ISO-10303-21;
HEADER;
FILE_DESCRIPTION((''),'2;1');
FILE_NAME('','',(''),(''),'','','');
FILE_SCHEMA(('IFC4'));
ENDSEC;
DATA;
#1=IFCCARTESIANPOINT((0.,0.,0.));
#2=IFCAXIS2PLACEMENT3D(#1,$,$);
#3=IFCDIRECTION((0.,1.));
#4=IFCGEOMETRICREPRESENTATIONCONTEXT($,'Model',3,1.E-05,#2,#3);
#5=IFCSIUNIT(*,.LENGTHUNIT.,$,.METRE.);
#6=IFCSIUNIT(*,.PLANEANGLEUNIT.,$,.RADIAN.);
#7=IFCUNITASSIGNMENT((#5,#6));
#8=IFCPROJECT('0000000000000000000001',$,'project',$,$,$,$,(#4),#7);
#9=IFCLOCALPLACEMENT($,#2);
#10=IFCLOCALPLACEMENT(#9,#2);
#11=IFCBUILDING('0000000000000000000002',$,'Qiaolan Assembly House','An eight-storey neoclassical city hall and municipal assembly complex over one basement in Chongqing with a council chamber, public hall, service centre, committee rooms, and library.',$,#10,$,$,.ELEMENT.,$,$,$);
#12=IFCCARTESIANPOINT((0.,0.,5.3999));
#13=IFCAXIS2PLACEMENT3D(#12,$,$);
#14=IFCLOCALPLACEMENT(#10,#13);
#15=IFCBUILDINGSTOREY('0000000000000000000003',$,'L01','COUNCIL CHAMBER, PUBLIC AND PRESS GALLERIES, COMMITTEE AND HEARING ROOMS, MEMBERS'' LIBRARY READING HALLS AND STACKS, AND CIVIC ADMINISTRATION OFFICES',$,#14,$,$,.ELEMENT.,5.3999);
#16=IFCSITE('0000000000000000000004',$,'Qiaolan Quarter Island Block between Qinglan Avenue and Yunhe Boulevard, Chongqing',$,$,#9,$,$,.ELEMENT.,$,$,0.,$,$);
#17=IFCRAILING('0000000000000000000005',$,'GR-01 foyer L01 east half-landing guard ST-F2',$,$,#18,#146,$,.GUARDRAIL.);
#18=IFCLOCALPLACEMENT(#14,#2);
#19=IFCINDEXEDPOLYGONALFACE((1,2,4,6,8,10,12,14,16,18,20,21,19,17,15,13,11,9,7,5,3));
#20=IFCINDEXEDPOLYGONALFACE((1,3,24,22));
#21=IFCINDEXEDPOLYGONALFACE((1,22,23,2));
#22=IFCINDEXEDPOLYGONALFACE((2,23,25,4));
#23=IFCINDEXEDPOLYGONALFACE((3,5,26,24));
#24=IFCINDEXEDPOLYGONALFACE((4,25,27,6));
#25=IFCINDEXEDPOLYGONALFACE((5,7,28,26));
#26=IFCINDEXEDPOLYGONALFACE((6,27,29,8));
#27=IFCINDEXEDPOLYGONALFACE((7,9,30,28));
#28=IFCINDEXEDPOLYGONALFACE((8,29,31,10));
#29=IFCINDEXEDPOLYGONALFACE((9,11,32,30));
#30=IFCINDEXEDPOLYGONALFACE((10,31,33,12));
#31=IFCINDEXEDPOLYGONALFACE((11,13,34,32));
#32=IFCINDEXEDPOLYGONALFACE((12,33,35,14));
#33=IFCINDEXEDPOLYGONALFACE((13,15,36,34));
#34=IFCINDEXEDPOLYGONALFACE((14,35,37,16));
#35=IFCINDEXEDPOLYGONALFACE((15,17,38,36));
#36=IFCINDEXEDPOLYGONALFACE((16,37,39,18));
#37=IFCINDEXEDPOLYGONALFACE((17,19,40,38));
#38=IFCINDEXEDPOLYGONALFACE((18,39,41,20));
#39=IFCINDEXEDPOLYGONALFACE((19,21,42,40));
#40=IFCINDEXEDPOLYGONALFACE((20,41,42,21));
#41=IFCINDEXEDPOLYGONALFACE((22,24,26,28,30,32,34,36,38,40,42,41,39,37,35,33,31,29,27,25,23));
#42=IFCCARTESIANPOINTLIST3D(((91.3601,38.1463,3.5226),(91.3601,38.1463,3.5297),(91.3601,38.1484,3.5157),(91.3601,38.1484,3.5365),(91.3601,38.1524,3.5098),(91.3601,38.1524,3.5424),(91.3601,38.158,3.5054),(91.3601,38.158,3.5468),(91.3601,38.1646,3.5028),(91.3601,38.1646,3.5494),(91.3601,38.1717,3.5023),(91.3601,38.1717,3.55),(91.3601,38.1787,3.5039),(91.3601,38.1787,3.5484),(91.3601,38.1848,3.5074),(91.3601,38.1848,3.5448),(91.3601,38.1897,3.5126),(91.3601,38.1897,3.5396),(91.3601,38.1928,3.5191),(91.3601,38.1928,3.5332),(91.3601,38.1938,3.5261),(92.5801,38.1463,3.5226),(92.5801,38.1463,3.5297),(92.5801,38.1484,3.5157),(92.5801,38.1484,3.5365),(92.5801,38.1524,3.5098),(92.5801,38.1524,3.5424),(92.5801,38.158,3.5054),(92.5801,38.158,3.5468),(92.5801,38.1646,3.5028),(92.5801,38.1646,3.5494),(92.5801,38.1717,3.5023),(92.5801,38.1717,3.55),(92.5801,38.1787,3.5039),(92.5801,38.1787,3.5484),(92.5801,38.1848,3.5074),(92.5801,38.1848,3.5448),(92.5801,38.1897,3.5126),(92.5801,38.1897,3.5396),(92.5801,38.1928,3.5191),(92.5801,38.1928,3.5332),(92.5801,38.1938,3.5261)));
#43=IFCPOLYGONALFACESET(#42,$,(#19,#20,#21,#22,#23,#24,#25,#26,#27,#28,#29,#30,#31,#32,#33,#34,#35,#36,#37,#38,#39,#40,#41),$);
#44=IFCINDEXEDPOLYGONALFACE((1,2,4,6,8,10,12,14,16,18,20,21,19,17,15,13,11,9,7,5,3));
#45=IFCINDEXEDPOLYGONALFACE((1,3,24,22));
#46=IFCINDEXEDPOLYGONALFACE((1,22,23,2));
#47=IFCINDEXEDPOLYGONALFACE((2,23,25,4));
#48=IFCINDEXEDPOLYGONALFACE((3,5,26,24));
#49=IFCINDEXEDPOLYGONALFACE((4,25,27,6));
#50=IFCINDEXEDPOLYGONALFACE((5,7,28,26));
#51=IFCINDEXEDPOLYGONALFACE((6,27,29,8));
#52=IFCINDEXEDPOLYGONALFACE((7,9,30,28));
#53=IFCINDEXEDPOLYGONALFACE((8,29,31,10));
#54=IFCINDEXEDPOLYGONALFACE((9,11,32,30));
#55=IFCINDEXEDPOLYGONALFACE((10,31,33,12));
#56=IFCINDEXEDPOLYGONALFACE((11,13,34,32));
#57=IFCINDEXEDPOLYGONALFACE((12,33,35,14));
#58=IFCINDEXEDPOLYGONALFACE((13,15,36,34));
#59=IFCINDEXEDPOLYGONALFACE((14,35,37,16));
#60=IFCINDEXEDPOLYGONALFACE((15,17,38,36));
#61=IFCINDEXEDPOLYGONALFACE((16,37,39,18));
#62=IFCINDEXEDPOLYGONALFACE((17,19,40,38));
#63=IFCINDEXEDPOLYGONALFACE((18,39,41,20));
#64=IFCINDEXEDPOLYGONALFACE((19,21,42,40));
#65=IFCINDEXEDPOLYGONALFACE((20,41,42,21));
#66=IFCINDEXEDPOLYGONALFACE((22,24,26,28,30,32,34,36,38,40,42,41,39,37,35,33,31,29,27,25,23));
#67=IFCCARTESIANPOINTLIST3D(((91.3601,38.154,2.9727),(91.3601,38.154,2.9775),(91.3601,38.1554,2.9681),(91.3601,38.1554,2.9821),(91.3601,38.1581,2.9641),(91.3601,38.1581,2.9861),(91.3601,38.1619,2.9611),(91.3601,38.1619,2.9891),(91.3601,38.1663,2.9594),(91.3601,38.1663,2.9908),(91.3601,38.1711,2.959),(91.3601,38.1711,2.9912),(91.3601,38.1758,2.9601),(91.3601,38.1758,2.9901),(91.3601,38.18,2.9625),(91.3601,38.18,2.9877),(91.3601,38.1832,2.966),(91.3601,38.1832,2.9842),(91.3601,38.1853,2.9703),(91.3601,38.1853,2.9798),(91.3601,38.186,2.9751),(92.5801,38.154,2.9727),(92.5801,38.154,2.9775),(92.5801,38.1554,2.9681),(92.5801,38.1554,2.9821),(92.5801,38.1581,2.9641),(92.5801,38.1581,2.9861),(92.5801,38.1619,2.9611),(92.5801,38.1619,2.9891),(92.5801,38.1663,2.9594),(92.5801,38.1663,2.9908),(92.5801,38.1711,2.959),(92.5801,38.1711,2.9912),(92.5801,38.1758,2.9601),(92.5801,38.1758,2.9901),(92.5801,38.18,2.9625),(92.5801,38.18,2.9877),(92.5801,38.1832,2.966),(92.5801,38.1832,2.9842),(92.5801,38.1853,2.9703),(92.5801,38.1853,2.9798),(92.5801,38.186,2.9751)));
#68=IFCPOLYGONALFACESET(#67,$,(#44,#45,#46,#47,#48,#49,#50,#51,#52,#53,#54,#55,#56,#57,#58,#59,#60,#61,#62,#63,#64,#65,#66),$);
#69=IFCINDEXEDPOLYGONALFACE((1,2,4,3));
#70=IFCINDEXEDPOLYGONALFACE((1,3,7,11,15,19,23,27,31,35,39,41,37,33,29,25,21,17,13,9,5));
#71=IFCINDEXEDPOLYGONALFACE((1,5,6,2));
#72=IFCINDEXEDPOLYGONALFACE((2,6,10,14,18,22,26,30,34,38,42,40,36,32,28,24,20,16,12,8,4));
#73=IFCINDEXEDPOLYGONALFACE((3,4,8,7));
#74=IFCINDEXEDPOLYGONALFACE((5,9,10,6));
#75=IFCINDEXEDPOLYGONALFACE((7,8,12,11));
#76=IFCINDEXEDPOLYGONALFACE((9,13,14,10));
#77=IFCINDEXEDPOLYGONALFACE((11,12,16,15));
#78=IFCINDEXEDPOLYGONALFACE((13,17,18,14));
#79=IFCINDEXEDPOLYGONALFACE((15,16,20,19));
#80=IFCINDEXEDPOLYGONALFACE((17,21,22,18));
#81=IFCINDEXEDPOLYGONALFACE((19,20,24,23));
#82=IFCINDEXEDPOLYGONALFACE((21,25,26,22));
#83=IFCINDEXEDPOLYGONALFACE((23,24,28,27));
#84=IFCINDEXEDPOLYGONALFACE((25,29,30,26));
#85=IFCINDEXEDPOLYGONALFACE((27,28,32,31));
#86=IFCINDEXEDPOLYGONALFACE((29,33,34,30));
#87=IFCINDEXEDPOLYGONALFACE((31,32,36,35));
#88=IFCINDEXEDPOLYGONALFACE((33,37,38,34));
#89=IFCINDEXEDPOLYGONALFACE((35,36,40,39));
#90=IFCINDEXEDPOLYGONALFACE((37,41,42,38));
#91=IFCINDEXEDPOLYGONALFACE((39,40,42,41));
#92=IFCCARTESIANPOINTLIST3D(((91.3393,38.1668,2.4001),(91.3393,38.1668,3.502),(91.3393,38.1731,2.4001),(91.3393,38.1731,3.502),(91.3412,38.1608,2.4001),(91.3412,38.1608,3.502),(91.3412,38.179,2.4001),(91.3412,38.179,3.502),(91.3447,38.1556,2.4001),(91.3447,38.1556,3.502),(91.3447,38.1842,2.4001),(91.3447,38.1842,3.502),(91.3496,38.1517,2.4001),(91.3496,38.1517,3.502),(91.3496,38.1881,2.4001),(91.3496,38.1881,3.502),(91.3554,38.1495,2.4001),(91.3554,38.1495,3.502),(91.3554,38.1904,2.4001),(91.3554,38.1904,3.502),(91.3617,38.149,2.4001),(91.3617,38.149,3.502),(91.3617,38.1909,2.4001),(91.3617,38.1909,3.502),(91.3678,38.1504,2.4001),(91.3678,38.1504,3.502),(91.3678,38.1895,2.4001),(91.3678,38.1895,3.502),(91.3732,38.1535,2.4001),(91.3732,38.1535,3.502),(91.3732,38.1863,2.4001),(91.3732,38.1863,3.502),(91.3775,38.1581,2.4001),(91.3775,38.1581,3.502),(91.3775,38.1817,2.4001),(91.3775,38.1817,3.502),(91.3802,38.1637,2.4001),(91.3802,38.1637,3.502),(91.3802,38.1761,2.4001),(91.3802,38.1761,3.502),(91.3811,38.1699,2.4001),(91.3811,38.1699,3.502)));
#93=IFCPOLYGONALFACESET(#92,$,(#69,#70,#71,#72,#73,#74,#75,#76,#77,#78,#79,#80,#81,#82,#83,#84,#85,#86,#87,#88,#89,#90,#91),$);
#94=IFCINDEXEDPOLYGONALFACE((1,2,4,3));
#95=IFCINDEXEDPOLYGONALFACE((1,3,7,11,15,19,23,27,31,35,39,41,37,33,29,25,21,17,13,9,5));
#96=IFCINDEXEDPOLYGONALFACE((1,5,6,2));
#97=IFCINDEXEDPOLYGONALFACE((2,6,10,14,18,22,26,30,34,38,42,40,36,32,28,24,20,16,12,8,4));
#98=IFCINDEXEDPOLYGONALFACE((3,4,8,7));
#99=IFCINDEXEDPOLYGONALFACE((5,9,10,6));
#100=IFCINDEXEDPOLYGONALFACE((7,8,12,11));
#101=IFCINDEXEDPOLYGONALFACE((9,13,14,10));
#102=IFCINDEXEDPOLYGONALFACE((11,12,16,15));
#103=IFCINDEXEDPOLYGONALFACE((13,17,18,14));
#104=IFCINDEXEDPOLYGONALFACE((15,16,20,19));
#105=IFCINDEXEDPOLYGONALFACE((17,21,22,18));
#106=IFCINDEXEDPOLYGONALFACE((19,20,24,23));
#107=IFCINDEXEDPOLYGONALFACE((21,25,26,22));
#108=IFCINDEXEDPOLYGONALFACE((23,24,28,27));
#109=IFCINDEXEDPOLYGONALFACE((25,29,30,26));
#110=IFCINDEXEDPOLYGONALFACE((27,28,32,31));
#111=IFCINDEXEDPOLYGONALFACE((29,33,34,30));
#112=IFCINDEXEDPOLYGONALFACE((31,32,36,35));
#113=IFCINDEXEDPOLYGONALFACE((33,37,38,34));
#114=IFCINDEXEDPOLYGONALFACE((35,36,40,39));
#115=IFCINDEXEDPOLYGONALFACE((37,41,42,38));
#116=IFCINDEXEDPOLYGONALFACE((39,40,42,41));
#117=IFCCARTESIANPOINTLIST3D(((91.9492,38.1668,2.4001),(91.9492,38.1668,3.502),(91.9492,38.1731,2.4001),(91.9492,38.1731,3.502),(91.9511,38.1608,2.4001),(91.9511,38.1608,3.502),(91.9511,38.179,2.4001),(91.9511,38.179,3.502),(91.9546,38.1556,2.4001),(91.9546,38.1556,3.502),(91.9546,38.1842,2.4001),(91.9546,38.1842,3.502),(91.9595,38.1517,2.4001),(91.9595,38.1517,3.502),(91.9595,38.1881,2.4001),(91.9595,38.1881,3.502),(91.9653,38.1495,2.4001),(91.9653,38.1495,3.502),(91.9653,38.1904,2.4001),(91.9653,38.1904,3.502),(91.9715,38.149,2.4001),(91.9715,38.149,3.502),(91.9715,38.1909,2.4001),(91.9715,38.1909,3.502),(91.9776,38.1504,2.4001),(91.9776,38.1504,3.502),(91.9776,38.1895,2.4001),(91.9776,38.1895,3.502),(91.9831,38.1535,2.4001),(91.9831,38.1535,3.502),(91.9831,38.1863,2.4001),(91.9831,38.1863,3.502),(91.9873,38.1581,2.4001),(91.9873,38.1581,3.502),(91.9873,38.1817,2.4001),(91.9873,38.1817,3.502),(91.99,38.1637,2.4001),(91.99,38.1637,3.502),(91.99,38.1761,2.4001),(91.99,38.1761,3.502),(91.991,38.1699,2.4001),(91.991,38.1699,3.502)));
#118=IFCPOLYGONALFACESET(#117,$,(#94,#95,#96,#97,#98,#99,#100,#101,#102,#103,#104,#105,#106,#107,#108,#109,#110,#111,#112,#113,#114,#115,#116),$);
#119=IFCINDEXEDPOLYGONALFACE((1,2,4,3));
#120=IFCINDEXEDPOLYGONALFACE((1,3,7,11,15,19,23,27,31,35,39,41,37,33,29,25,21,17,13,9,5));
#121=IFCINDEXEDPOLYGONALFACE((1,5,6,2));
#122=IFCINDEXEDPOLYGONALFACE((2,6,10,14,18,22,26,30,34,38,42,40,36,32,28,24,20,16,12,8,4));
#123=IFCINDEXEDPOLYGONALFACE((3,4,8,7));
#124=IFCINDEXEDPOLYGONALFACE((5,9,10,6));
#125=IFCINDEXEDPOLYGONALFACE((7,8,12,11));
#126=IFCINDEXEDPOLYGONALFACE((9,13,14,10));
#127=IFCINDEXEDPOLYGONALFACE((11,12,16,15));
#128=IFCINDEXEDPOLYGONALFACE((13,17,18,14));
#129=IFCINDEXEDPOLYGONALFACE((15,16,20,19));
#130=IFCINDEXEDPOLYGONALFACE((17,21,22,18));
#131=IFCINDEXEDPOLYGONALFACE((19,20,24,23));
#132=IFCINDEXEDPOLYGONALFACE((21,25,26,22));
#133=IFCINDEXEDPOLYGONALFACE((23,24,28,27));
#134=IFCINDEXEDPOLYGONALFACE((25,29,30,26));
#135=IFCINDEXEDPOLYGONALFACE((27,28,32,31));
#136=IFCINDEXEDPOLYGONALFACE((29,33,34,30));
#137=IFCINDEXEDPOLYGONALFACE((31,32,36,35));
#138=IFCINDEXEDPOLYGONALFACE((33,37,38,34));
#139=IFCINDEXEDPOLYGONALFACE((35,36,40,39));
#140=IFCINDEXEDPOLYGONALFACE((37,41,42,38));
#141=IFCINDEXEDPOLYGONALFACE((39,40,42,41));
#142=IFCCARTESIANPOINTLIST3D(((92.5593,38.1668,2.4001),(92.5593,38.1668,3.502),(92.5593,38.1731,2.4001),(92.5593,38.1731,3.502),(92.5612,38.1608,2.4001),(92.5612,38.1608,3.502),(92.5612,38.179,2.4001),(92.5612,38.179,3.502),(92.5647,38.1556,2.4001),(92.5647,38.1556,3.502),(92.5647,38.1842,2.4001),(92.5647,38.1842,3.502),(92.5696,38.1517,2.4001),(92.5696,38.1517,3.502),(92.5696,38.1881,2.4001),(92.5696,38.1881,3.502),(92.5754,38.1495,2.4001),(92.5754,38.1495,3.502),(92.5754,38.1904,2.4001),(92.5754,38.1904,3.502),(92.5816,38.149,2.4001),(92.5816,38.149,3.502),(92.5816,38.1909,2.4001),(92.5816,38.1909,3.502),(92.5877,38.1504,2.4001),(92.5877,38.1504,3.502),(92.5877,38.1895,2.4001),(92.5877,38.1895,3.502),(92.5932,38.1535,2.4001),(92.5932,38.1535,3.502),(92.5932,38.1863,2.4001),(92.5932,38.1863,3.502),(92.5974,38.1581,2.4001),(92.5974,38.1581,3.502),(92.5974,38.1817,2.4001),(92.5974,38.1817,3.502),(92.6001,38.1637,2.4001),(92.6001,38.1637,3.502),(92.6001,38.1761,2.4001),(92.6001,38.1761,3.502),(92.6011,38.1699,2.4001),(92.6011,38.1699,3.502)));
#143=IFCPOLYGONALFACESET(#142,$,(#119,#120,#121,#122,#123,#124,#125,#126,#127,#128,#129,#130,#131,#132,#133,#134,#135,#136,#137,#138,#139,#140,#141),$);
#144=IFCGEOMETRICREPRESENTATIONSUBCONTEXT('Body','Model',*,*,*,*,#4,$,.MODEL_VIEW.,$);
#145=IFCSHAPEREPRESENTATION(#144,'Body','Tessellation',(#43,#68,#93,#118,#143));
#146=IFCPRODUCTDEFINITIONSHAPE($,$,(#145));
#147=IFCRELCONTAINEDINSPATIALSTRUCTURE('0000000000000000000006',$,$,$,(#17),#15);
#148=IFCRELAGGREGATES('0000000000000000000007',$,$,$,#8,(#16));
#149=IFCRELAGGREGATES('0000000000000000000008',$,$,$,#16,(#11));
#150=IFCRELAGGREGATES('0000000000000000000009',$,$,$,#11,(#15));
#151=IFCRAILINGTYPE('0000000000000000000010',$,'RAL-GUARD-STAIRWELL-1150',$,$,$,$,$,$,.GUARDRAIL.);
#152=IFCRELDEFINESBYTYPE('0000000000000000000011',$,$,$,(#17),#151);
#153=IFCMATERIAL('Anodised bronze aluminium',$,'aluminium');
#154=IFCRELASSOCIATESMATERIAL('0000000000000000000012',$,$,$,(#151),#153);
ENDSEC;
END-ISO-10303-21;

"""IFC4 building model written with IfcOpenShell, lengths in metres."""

from ifc_helpers import new_model, si_unit, direction, frame, origin, origin_2d, place, context, subcontext, project, spatial, circle, extrude, material, type_object, element, save


model = new_model("IFC4")

# Units and contexts
model_context = context("Model", 3, precision=1e-05, world=origin(), true_north=direction((0.0, 1.0)))
body_context = subcontext(model_context, "Body", "Model", "MODEL_VIEW")
ifc_project = project(units=[si_unit("LENGTHUNIT", "METRE"), si_unit("PLANEANGLEUNIT", "RADIAN")], contexts=[model_context])

# Site, building, storey
site_placement = place(None, origin())
site = spatial("IfcSite", under=ifc_project, at=site_placement, Name="Qiaolan Quarter Island Block between Qinglan Avenue and Yunhe Boulevard, Chongqing", CompositionType="ELEMENT", RefElevation=0.0)
building_placement = place(site_placement, origin())
building = spatial("IfcBuilding", under=site, at=building_placement, Name="Qiaolan Assembly House", Description="An eight-storey neoclassical city hall and municipal assembly complex over one basement in Chongqing with a council chamber, public hall, service centre, committee rooms, and library.", CompositionType="ELEMENT")
storey_placement = place(building_placement, frame((0.0, 0.0, 5.3999)))
storey = spatial("IfcBuildingStorey", under=building, at=storey_placement, Name="L01", Description="COUNCIL CHAMBER, PUBLIC AND PRESS GALLERIES, COMMITTEE AND HEARING ROOMS, MEMBERS' LIBRARY READING HALLS AND STACKS, AND CIVIC ADMINISTRATION OFFICES", CompositionType="ELEMENT", Elevation=5.3999)

# Railing
ifc_material_1 = material(Name="Anodised bronze aluminium", Category="aluminium")
railing_type = type_object("IfcRailingType", Name="RAL-GUARD-STAIRWELL-1150", PredefinedType="GUARDRAIL", material=ifc_material_1)
railing_1_placement = place(storey_placement, frame((91.3601, 38.1699, 2.4001)))
element("IfcRailing", 1, at=railing_1_placement, inside=storey, type_object=railing_type, Name="GR-01 foyer L01 east half-landing guard ST-F2", PredefinedType="GUARDRAIL", context=body_context, shape_type="SweptSolid", body=[
    extrude(circle(Radius=0.0239, at=origin_2d()), frame((0.0, 0.0, 1.126), z_axis=(1.0, 0.0, 0.0), x_axis=(0.0, 1.0, 0.0)), (0.0, 0.0, 1.0), 1.22),
    extrude(circle(Radius=0.0161, at=origin_2d()), frame((0.0, 0.0, 0.575), z_axis=(1.0, 0.0, 0.0), x_axis=(0.0, 1.0, 0.0)), (0.0, 0.0, 1.0), 1.22),
    extrude(circle(Radius=0.021, at=origin_2d()), origin(), (0.0, 0.0, 1.0), 1.1018),
    extrude(circle(Radius=0.021, at=origin_2d()), frame((0.6099, 0.0, 0.0)), (0.0, 0.0, 1.0), 1.1018),
    extrude(circle(Radius=0.021, at=origin_2d()), frame((1.22, 0.0, 0.0)), (0.0, 0.0, 1.0), 1.1018),
])

save(model, "model.ifc")
